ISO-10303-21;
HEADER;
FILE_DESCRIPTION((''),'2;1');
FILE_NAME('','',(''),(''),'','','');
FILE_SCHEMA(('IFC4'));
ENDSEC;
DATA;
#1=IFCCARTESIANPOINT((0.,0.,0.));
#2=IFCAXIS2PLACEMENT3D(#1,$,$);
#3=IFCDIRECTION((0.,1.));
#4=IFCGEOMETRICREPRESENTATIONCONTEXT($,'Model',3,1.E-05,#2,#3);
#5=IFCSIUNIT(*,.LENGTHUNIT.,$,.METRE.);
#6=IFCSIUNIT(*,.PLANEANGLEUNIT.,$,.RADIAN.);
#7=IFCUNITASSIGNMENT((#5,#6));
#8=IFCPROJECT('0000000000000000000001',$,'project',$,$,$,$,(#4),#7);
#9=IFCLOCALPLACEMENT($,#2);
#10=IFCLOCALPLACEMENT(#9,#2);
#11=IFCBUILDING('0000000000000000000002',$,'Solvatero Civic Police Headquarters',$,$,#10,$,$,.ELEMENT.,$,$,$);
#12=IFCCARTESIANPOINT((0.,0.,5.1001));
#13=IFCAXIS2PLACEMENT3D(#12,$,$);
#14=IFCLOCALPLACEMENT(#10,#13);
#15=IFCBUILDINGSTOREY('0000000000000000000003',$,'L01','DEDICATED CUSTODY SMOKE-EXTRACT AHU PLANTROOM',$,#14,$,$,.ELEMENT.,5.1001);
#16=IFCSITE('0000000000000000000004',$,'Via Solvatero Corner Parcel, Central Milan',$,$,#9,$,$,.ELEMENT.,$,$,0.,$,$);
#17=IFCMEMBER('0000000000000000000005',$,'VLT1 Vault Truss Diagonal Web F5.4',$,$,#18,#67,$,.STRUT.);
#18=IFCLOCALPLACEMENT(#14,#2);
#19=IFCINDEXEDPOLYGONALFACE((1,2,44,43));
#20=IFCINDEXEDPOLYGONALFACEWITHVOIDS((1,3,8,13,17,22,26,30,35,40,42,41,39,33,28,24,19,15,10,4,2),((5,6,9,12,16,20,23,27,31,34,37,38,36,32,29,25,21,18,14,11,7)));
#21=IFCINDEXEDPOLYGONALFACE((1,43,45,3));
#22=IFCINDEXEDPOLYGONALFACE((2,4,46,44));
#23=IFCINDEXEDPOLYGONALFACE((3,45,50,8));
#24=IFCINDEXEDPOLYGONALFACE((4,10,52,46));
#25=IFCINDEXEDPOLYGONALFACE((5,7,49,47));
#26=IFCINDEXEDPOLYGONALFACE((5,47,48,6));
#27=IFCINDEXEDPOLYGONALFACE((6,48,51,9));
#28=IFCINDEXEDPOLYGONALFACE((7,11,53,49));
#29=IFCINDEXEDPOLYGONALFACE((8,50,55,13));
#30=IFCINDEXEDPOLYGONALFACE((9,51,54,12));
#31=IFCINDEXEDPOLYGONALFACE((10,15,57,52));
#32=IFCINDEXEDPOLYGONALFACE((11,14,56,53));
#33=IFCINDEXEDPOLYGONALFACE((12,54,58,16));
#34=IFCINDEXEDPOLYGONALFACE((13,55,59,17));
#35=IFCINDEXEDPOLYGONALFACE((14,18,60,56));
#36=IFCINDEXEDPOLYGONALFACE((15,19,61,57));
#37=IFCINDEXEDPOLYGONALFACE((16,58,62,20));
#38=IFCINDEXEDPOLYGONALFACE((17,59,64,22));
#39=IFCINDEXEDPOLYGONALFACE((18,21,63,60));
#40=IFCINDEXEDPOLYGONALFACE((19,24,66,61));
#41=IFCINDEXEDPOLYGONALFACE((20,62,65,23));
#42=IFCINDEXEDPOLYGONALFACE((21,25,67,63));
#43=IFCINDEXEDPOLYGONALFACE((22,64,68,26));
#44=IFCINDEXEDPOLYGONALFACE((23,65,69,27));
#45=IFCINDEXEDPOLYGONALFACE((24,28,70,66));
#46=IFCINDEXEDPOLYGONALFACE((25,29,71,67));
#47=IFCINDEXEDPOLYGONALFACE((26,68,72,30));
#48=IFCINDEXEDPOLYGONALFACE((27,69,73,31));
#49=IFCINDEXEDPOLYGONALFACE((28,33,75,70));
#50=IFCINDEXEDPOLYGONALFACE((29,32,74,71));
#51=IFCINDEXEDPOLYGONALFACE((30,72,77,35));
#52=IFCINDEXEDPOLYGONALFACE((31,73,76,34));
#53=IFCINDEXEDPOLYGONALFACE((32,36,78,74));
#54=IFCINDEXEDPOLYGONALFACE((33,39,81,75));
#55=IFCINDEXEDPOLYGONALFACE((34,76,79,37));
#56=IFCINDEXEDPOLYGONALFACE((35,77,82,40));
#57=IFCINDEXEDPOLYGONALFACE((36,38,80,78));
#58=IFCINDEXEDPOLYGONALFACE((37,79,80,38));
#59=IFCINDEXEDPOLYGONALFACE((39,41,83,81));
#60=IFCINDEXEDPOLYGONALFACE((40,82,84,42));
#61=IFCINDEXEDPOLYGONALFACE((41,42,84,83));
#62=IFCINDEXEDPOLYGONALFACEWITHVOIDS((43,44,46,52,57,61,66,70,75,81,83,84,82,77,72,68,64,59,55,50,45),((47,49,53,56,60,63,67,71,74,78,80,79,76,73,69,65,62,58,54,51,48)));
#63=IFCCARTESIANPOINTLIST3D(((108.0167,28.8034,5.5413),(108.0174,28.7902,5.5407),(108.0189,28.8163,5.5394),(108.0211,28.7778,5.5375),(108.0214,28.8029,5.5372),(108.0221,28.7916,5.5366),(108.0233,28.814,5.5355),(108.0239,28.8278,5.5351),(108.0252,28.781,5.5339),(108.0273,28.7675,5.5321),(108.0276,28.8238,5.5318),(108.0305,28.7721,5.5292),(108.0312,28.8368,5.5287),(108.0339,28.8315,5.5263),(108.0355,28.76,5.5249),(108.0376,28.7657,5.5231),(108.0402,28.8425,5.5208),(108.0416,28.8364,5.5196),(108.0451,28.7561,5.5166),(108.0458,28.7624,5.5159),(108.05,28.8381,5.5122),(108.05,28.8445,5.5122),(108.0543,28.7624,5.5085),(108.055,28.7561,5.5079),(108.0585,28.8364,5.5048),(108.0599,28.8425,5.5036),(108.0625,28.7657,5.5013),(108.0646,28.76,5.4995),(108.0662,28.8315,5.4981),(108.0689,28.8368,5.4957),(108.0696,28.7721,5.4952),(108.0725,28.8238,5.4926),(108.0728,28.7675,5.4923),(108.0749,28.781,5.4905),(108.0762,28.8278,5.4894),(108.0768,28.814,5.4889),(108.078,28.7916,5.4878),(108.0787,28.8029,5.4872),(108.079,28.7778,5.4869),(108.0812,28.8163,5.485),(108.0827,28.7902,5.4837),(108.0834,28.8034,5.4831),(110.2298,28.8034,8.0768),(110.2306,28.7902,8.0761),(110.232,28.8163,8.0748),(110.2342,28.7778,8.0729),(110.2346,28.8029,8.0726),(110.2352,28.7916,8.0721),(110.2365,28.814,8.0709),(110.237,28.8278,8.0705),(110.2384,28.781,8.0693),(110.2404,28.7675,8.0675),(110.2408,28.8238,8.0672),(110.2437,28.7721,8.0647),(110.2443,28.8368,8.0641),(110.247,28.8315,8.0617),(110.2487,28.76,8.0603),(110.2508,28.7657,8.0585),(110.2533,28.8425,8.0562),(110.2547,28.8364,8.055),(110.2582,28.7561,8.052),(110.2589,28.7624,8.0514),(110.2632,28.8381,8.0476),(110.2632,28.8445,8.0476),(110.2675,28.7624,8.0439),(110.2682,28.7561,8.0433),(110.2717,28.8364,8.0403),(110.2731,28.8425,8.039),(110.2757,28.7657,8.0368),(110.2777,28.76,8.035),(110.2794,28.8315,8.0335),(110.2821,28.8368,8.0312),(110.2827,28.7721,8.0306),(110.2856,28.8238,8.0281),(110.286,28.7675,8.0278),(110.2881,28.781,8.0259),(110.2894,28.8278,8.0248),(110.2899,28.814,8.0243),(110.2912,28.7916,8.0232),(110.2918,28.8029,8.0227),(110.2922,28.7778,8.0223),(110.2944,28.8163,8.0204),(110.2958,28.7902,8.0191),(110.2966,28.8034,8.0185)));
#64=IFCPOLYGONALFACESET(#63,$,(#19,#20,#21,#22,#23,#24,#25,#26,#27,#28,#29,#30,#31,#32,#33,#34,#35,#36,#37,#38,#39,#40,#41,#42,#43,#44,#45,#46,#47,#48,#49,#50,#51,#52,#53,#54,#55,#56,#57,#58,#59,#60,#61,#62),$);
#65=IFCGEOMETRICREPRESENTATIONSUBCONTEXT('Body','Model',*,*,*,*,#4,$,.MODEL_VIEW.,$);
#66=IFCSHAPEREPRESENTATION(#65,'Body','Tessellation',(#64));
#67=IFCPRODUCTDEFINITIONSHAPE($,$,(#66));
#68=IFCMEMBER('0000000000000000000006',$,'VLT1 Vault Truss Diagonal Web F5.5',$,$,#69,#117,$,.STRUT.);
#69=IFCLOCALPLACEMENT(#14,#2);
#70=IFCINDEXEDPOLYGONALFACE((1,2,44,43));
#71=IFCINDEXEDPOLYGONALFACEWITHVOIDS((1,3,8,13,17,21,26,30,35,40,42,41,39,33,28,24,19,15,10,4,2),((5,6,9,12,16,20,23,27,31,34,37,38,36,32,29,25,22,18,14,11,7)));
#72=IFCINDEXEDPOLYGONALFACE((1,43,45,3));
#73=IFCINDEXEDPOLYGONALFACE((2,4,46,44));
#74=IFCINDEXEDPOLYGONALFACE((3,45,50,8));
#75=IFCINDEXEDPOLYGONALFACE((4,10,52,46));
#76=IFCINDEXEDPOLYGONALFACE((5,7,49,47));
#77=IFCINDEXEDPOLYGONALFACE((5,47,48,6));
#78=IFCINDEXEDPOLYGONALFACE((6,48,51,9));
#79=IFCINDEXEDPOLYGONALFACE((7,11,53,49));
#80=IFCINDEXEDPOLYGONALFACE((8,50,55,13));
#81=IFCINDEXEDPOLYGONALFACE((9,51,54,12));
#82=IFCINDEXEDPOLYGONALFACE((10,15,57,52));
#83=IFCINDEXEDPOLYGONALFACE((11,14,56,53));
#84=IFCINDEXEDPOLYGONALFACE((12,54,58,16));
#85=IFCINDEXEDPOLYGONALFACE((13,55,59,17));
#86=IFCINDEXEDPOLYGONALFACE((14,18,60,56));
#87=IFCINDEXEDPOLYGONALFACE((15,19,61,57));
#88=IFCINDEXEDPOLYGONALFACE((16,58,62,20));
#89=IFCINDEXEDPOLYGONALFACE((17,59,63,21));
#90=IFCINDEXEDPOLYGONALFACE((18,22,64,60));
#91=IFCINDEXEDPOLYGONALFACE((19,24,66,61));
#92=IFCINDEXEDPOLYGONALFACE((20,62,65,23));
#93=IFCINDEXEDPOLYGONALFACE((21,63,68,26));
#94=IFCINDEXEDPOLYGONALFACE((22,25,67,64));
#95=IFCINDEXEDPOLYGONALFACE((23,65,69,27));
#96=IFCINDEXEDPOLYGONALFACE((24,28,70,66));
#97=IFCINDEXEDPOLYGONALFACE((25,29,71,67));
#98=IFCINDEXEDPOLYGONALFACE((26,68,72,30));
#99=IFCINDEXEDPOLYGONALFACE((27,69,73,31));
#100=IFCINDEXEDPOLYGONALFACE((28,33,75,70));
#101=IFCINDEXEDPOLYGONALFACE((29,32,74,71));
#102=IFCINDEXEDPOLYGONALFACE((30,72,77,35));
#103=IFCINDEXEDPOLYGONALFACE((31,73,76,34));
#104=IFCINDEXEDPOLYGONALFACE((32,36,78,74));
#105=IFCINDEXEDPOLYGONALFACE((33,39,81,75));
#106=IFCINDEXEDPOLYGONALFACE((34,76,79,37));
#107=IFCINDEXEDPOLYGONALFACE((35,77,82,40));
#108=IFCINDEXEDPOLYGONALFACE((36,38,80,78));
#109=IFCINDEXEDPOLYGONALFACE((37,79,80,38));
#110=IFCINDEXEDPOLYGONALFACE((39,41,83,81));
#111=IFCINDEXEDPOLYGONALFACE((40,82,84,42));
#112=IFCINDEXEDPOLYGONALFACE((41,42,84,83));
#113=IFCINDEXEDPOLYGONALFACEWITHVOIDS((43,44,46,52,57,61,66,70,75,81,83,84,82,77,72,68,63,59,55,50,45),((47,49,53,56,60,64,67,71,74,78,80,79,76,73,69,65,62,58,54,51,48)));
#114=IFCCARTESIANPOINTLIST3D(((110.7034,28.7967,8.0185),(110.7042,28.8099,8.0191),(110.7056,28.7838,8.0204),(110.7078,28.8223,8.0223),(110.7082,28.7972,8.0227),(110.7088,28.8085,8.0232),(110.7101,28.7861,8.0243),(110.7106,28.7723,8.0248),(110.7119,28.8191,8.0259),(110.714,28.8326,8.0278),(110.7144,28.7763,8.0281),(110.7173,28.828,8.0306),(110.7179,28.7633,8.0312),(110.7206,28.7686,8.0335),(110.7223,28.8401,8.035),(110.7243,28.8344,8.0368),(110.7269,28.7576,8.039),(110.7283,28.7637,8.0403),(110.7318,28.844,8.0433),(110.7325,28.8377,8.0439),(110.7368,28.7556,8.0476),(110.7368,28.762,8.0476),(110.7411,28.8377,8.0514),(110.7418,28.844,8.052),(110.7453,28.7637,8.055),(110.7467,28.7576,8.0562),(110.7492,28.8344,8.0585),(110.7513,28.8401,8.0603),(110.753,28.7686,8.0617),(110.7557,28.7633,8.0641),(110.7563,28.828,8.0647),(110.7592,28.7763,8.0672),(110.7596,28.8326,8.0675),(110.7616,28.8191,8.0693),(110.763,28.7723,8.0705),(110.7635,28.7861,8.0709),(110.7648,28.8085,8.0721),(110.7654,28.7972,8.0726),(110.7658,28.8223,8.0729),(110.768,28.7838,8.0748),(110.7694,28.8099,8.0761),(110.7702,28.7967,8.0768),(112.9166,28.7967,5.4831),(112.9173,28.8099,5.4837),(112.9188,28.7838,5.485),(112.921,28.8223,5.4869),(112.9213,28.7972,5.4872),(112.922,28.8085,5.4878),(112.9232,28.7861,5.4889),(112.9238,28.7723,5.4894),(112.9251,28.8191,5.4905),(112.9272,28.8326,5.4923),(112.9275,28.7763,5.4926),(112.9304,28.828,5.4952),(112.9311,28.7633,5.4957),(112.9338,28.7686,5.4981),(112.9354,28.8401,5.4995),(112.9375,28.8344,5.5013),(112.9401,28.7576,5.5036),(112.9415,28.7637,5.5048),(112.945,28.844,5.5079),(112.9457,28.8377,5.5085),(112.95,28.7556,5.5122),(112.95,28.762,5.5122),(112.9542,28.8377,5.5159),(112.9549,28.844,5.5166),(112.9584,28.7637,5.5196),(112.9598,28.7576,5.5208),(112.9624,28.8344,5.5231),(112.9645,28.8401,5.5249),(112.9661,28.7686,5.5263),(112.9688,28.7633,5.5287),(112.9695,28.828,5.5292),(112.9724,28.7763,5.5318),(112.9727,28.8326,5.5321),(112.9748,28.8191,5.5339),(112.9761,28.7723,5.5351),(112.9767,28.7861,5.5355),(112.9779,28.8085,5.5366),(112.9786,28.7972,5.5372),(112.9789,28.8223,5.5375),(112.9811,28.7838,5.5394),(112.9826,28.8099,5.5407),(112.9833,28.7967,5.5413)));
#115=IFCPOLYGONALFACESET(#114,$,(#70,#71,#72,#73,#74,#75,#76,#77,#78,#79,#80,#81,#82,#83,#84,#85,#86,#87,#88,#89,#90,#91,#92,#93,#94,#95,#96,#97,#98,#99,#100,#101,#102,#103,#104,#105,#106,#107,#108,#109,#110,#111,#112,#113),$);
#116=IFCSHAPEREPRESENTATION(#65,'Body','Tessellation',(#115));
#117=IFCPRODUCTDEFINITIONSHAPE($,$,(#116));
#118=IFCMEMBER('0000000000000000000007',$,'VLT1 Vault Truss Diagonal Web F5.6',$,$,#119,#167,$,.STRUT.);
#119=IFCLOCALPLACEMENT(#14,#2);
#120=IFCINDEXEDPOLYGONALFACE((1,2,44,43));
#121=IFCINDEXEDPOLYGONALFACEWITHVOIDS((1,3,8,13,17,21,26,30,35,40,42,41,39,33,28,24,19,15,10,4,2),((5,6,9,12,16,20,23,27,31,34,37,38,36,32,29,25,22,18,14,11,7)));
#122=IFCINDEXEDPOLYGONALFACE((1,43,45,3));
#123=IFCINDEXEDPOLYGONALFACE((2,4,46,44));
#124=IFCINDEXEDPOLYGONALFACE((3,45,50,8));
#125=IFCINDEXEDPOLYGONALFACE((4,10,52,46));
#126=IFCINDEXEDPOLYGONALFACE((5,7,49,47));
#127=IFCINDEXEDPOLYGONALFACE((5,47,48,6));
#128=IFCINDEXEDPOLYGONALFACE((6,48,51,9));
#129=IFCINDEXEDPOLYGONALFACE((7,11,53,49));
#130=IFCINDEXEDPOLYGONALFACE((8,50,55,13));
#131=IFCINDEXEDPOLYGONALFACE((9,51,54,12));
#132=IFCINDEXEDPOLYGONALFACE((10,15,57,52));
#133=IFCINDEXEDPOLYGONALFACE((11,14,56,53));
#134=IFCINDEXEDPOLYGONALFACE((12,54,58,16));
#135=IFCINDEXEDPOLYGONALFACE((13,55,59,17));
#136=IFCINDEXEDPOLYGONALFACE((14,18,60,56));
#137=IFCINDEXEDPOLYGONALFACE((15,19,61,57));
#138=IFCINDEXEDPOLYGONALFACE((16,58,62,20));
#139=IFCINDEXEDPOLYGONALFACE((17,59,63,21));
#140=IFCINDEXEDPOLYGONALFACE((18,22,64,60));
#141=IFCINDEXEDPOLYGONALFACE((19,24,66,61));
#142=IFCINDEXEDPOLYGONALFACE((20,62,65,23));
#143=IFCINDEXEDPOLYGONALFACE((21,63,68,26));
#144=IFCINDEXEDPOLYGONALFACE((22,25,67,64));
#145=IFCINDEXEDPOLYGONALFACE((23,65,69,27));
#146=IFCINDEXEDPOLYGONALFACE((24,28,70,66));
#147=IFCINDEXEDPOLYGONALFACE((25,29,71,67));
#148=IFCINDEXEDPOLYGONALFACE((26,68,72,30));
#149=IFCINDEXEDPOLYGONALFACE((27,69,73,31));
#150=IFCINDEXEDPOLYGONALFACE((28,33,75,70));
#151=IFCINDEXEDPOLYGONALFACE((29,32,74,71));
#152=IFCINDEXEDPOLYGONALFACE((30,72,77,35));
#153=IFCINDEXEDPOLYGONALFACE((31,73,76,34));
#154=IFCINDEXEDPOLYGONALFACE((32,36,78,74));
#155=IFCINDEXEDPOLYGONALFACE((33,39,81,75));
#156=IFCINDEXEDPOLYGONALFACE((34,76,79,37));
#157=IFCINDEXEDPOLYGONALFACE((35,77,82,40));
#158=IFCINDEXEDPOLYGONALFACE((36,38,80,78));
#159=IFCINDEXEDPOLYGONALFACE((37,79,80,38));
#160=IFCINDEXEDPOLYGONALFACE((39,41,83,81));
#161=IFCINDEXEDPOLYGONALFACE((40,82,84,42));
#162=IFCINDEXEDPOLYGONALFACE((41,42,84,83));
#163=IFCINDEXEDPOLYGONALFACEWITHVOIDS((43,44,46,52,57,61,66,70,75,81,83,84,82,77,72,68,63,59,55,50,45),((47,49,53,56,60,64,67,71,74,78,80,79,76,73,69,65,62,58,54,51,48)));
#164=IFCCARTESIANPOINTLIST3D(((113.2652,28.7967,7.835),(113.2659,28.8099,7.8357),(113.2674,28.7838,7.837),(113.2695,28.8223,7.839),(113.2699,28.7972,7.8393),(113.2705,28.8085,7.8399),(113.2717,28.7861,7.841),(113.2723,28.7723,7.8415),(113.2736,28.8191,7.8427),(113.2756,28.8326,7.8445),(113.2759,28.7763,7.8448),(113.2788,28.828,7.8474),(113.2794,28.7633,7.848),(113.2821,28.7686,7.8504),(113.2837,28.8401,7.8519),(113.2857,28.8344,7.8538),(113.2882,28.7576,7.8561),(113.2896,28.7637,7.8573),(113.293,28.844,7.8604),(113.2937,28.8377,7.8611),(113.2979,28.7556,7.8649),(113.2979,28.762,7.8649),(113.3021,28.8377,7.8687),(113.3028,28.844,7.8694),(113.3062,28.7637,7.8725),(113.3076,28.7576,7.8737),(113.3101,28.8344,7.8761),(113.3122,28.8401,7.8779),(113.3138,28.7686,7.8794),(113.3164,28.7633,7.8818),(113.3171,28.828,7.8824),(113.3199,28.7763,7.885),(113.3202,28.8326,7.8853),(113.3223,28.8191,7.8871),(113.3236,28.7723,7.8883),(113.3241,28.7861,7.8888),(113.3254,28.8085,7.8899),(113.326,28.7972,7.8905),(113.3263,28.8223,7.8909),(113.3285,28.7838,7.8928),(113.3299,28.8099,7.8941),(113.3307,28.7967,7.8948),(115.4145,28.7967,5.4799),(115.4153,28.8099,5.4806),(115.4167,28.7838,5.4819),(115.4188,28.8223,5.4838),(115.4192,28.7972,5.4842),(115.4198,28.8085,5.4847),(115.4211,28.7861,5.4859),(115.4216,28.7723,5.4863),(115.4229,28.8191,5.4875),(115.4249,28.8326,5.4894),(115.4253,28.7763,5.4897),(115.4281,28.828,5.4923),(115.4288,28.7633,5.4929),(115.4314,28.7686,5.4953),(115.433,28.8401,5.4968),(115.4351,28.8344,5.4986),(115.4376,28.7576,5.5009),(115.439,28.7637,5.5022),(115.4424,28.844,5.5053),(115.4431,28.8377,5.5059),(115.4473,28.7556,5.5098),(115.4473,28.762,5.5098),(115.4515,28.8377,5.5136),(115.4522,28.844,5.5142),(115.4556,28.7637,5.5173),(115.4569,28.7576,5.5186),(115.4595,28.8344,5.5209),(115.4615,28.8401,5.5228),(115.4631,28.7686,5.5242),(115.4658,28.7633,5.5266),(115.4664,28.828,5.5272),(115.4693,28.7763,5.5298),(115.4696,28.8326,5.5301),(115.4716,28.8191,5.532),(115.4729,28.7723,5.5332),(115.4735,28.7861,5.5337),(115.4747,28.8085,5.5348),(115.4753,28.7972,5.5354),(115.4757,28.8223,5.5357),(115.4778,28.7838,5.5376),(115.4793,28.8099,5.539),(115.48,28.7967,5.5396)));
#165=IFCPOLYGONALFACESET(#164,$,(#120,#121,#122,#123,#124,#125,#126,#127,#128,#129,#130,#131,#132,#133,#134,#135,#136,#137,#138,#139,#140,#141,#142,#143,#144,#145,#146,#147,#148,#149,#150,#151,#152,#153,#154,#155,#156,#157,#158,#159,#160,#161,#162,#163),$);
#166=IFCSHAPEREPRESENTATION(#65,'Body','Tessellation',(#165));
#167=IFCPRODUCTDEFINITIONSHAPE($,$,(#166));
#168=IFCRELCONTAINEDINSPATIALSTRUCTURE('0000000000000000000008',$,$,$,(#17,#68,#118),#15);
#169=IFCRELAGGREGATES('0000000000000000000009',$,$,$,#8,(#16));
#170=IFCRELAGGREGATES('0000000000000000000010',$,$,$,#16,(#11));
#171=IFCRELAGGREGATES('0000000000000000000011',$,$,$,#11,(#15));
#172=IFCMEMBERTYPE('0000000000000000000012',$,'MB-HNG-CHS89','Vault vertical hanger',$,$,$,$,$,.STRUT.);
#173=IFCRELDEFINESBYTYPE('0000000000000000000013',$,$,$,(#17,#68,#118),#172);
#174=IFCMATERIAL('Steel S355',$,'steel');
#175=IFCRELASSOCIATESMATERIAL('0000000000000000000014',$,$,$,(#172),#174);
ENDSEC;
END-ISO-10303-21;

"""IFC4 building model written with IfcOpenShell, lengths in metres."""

from ifc_helpers import new_model, si_unit, direction, frame, origin, origin_2d, place, context, subcontext, project, spatial, hollow_circle, extrude, material, material_profile, profile_set, type_object, element, save


model = new_model("IFC4")

# Units and contexts
model_context = context("Model", 3, precision=1e-05, world=origin(), true_north=direction((0.0, 1.0)))
body_context = subcontext(model_context, "Body", "Model", "MODEL_VIEW")
ifc_project = project(units=[si_unit("LENGTHUNIT", "METRE"), si_unit("PLANEANGLEUNIT", "RADIAN")], contexts=[model_context])

# Site, building, storey
site_placement = place(None, origin())
site = spatial("IfcSite", under=ifc_project, at=site_placement, Name="Via Solvatero Corner Parcel, Central Milan", CompositionType="ELEMENT", RefElevation=0.0)
building_placement = place(site_placement, origin())
building = spatial("IfcBuilding", under=site, at=building_placement, Name="Solvatero Civic Police Headquarters", CompositionType="ELEMENT")
storey_placement = place(building_placement, frame((0.0, 0.0, 5.1001)))
storey = spatial("IfcBuildingStorey", under=building, at=storey_placement, Name="L01", Description="DEDICATED CUSTODY SMOKE-EXTRACT AHU PLANTROOM", CompositionType="ELEMENT", Elevation=5.1001)

# Shared definitions
ifc_material = material(Name="Steel S355", Category="steel")

# Members
ifc_material_profile_1 = material_profile(ifc_material, hollow_circle(Radius=0.0444, WallThickness=0.0063, at=origin_2d()), Name="CHS 88.9x6.3")
ifc_profile_set_1 = profile_set([ifc_material_profile_1], Name="Steel S355")
member_type_1 = type_object("IfcMemberType", Name="MB-HNG-CHS89", Description="Vault vertical hanger", PredefinedType="STRUT", material=ifc_profile_set_1)
for number, where, z_axis, x_axis, name in (
    (1, (108.05, 28.8, 5.5122), (0.657605, 0.0, 0.753363), (0.0, 1.0, 0.0), "VLT1 Vault Truss Diagonal Web F5.4"),
    (2, (112.95, 28.8, 5.5122), (-0.657605, 0.0, 0.753363), (0.0, -1.0, 0.0), "VLT1 Vault Truss Diagonal Web F5.5"),
):
    element("IfcMember", number, at=place(storey_placement, frame(where, z_axis=z_axis, x_axis=x_axis)), inside=storey, type_object=member_type_1, Name=name, PredefinedType="STRUT", context=body_context, shape_type="SweptSolid", body=[
        extrude(hollow_circle(Radius=0.0444, WallThickness=0.0063, at=origin_2d()), origin(), (0.0, 0.0, 1.0), 3.3655),
    ])
member_1_placement = place(storey_placement, frame((115.4473, 28.8, 5.5098), z_axis=(-0.674097, 0.0, 0.738643), x_axis=(0.0, -1.0, 0.0)))
element("IfcMember", 3, at=member_1_placement, inside=storey, type_object=member_type_1, Name="VLT1 Vault Truss Diagonal Web F5.6", PredefinedType="STRUT", context=body_context, shape_type="SweptSolid", body=[
    extrude(hollow_circle(Radius=0.0444, WallThickness=0.0063, at=origin_2d()), origin(), (0.0, 0.0, 1.0), 3.1885),
])

save(model, "model.ifc")
